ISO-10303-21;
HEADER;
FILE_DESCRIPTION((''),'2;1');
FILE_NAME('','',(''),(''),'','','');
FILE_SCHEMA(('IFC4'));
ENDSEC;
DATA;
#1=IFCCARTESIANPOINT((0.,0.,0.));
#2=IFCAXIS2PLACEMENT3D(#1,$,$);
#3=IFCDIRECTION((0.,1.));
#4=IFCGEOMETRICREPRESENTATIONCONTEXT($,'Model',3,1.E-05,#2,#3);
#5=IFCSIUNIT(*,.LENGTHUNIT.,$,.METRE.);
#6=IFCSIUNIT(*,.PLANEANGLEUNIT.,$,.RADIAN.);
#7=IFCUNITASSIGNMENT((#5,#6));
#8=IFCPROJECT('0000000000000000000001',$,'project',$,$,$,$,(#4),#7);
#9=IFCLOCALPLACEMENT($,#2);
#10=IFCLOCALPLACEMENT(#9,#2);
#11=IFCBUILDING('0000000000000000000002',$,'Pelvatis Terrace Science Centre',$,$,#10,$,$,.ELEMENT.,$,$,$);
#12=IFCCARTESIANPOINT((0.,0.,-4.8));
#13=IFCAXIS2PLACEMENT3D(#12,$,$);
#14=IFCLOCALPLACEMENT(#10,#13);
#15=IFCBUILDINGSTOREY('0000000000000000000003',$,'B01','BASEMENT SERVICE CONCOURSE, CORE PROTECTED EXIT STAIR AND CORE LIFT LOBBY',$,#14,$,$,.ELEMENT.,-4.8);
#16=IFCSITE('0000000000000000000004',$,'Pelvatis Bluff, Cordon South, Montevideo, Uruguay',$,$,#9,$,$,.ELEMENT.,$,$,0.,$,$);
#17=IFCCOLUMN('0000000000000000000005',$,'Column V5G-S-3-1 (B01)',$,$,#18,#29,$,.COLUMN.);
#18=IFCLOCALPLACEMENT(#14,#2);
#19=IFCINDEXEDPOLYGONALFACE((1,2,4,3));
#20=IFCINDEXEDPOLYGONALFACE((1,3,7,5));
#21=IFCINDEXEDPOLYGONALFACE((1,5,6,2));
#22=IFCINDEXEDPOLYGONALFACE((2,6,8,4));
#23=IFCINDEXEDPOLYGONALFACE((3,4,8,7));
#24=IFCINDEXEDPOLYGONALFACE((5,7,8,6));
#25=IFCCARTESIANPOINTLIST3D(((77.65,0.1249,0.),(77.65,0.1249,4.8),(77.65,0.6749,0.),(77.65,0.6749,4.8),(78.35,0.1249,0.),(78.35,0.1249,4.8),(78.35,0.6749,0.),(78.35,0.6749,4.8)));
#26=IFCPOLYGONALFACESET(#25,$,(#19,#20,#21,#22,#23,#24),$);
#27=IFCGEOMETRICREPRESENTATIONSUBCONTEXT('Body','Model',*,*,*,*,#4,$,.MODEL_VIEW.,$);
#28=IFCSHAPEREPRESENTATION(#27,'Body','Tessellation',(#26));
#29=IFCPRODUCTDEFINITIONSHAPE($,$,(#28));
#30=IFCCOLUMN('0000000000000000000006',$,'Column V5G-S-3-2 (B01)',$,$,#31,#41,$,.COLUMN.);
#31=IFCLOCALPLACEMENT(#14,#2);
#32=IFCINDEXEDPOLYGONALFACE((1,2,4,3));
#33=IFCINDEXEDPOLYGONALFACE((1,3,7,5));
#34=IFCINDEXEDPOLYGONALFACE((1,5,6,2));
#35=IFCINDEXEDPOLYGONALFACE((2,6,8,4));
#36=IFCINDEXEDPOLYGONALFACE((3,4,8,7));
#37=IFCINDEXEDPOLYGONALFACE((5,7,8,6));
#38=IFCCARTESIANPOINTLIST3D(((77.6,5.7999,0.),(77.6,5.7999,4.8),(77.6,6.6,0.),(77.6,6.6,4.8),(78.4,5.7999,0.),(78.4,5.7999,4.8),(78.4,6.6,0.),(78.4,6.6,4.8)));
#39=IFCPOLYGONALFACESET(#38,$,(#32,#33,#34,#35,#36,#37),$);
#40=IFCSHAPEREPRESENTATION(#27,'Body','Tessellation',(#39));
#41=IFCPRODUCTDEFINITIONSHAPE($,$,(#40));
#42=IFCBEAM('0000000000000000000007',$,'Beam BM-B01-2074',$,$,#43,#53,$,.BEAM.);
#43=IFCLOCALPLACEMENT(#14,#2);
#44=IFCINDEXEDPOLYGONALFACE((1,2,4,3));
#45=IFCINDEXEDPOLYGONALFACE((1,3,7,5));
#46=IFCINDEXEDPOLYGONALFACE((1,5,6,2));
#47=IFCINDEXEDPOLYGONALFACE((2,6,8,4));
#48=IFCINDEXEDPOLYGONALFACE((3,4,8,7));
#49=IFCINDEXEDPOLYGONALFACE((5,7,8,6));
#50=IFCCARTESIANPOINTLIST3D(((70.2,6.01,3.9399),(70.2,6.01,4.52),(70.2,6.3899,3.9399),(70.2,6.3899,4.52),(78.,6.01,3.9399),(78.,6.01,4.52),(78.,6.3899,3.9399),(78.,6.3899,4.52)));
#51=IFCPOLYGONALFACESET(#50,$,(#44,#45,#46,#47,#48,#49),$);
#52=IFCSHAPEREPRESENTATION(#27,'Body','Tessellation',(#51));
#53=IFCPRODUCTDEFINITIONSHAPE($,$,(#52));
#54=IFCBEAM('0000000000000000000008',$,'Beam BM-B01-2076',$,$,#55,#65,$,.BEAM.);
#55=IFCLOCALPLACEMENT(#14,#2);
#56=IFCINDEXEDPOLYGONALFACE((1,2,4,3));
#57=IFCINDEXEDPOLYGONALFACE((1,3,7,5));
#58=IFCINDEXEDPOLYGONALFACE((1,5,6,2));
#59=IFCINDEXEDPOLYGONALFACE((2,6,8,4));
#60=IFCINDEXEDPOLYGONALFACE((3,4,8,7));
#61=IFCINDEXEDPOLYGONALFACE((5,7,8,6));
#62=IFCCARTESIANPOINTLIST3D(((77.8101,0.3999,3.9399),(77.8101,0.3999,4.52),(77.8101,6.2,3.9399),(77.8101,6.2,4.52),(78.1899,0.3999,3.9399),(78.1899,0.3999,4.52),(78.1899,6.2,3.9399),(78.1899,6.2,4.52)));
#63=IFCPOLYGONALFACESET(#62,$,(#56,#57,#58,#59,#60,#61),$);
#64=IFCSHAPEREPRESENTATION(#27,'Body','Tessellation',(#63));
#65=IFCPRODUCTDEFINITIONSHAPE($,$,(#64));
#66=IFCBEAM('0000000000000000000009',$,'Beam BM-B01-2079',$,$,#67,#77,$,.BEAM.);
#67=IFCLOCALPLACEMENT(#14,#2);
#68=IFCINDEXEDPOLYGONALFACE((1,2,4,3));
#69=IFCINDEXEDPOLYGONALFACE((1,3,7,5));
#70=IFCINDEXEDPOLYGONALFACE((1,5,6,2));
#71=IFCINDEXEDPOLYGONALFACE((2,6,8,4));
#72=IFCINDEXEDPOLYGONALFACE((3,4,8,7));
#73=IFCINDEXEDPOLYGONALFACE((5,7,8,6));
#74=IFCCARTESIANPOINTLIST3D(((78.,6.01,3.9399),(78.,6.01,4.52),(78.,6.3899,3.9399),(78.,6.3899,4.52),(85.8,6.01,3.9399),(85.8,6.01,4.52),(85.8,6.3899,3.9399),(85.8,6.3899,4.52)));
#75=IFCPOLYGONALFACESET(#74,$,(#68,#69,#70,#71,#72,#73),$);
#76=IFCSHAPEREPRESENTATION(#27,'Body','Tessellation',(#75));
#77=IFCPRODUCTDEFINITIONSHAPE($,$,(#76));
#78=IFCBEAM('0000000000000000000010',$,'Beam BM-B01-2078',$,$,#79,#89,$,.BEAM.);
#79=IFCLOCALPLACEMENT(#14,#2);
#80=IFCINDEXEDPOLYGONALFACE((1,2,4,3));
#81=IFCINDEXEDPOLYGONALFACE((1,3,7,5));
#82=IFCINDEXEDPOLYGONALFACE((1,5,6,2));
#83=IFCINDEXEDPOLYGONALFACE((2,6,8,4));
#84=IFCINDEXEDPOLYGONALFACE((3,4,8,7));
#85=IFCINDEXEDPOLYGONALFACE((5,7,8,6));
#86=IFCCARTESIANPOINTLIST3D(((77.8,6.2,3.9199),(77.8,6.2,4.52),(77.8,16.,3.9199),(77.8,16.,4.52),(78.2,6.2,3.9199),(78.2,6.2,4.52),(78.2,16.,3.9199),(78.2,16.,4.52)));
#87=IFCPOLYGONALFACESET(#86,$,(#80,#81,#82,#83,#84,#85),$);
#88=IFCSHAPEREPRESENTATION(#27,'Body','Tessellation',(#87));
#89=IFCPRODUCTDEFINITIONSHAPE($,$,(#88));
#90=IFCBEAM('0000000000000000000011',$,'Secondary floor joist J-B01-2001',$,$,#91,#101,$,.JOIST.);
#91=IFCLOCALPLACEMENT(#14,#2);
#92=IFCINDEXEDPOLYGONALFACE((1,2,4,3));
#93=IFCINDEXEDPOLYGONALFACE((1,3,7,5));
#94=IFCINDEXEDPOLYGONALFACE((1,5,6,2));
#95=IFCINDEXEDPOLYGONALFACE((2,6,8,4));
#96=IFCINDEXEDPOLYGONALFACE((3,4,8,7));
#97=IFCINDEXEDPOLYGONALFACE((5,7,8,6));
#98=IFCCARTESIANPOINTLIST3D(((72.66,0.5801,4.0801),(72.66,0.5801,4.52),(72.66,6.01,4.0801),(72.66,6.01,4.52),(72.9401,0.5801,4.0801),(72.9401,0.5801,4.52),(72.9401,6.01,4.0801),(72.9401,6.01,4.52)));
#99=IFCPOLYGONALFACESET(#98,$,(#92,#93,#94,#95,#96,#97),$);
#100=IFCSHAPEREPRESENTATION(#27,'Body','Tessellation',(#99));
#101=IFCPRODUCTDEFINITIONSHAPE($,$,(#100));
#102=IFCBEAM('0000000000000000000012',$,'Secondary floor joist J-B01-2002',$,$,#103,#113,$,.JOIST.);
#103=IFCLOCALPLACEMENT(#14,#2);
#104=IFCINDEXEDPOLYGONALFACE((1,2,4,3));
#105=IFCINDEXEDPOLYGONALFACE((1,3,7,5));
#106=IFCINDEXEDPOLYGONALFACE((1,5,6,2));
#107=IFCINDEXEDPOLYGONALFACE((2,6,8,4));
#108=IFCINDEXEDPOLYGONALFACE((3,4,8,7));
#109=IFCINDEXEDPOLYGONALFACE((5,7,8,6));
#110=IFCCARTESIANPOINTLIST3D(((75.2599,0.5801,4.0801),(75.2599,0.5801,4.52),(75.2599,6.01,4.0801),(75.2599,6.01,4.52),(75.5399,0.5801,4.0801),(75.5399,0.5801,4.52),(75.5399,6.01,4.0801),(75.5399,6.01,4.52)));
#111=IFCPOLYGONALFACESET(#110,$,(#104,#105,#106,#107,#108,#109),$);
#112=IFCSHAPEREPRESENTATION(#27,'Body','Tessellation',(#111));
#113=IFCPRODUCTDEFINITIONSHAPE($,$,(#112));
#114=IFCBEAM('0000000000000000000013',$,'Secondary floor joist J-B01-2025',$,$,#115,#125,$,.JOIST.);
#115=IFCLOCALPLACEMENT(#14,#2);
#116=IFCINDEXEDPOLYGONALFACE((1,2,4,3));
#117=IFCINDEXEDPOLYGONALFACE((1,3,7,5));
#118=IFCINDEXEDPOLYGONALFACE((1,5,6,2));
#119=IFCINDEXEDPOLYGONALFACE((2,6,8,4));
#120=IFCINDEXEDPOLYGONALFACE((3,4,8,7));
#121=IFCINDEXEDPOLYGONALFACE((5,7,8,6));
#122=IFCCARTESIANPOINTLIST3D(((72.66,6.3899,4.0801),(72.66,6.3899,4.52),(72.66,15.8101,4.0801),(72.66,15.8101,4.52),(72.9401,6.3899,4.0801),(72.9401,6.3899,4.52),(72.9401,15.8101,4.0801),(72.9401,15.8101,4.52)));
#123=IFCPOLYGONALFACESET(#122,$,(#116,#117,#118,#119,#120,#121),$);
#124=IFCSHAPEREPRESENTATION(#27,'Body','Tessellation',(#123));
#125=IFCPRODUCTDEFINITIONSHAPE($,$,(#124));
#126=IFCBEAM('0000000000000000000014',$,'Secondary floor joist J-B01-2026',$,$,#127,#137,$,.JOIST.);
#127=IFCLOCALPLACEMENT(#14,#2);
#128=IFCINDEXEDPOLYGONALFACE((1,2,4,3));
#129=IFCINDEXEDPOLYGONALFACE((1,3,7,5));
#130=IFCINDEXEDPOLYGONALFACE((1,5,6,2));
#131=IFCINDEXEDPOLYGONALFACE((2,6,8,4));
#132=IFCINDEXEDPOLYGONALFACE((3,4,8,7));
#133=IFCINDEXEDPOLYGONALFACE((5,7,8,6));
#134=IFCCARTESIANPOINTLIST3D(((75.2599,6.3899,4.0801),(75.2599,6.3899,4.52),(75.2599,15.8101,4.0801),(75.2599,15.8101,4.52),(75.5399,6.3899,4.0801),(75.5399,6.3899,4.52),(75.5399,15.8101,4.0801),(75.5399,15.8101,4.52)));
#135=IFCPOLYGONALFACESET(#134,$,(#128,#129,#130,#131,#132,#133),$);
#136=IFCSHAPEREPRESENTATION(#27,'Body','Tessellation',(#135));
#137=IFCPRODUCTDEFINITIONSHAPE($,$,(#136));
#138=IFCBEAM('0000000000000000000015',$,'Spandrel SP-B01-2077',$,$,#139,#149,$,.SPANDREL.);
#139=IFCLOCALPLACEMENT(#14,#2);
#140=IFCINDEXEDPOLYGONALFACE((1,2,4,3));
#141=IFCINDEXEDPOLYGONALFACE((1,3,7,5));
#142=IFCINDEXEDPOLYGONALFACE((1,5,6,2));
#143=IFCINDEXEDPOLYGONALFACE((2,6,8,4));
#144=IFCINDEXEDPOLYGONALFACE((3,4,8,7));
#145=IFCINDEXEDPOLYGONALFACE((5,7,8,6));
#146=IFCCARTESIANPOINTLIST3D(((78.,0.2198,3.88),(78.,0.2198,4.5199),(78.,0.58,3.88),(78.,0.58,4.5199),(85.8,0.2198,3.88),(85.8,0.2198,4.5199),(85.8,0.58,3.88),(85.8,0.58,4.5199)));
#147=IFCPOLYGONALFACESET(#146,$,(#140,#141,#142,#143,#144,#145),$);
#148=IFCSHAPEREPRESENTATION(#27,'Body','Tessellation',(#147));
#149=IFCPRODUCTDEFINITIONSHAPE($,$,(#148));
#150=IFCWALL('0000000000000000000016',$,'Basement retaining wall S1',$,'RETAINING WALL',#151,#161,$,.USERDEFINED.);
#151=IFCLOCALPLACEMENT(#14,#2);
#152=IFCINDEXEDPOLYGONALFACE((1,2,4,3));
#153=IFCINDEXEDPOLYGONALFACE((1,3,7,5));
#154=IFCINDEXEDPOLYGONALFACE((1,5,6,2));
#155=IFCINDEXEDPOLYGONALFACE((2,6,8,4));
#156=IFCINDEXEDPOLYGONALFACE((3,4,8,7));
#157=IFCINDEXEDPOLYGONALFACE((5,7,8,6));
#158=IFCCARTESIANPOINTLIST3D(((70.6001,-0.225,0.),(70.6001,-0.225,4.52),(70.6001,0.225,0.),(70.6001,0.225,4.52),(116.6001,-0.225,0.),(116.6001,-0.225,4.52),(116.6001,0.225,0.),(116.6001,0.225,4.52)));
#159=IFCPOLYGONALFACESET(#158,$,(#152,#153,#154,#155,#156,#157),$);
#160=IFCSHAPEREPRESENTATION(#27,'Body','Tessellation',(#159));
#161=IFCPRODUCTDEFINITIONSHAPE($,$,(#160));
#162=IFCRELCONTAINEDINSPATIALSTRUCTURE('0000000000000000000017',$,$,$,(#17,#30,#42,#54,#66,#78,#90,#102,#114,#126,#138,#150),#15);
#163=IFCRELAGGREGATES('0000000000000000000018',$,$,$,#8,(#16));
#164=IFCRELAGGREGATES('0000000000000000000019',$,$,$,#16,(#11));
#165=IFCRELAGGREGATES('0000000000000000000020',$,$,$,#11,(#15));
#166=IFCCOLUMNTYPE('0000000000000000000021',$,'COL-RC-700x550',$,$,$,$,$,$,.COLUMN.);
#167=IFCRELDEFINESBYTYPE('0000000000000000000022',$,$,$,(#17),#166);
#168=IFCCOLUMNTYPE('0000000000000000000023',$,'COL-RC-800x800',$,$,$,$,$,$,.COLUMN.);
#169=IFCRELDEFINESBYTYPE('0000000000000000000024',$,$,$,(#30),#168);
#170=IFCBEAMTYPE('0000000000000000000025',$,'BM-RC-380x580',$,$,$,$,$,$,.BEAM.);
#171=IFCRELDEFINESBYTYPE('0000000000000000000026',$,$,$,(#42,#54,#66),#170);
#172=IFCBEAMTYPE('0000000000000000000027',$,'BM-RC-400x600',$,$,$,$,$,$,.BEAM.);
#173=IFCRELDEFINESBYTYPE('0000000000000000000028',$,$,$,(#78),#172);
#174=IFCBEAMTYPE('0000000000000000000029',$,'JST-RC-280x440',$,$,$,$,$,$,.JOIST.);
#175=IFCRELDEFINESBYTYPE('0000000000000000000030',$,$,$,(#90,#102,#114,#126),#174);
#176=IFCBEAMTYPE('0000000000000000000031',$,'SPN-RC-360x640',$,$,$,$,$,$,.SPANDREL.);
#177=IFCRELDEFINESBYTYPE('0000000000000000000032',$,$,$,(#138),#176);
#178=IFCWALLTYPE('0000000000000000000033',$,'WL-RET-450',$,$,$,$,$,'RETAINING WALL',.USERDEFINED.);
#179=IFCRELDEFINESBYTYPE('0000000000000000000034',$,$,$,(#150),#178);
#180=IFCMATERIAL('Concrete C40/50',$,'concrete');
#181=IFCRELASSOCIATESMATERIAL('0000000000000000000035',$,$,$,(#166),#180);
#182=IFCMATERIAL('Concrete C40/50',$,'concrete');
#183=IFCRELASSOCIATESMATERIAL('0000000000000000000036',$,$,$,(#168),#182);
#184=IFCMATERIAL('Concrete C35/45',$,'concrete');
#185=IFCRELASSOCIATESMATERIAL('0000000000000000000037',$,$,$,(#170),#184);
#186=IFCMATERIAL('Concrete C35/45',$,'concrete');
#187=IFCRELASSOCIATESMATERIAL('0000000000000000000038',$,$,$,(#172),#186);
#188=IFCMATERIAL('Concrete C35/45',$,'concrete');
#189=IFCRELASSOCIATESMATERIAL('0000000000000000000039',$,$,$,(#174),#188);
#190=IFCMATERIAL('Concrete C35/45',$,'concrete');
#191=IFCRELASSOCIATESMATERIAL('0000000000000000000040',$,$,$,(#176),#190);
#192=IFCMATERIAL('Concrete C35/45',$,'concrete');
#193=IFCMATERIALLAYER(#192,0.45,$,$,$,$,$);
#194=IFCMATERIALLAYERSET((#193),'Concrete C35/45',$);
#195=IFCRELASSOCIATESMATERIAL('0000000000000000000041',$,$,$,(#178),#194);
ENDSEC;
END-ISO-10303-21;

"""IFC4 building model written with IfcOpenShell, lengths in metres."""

from ifc_helpers import new_model, si_unit, direction, frame, frame_2d, origin, origin_2d, place, context, subcontext, project, spatial, rectangle, extrude, material, layer, layer_set, material_profile, profile_set, type_object, element, save


model = new_model("IFC4")

# Units and contexts
model_context = context("Model", 3, precision=1e-05, world=origin(), true_north=direction((0.0, 1.0)))
body_context = subcontext(model_context, "Body", "Model", "MODEL_VIEW")
ifc_project = project(units=[si_unit("LENGTHUNIT", "METRE"), si_unit("PLANEANGLEUNIT", "RADIAN")], contexts=[model_context])

# Site, building, storey
site_placement = place(None, origin())
site = spatial("IfcSite", under=ifc_project, at=site_placement, Name="Pelvatis Bluff, Cordon South, Montevideo, Uruguay", CompositionType="ELEMENT", RefElevation=0.0)
building_placement = place(site_placement, origin())
building = spatial("IfcBuilding", under=site, at=building_placement, Name="Pelvatis Terrace Science Centre", CompositionType="ELEMENT")
storey_placement = place(building_placement, frame((0.0, 0.0, -4.8)))
storey = spatial("IfcBuildingStorey", under=building, at=storey_placement, Name="B01", Description="BASEMENT SERVICE CONCOURSE, CORE PROTECTED EXIT STAIR AND CORE LIFT LOBBY", CompositionType="ELEMENT", Elevation=-4.8)

# Columns
ifc_material_1 = material(Name="Concrete C40/50", Category="concrete")
ifc_material_profile_1 = material_profile(ifc_material_1, rectangle(XDim=0.7, YDim=0.55, at=origin_2d()), Name="RC-COL 700x550")
ifc_profile_set_1 = profile_set([ifc_material_profile_1], Name="Concrete C40/50")
column_type_1 = type_object("IfcColumnType", Name="COL-RC-700x550", PredefinedType="COLUMN", material=ifc_profile_set_1)
column_1_placement = place(storey_placement, frame((78.0, 0.3999, 0.0), z_axis=(0.0, 0.0, 1.0), x_axis=(1.0, 0.0, 0.0)))
element("IfcColumn", 1, at=column_1_placement, inside=storey, type_object=column_type_1, Name="Column V5G-S-3-1 (B01)", PredefinedType="COLUMN", context=body_context, shape_type="SweptSolid", body=[
    extrude(rectangle(XDim=0.7, YDim=0.55, at=origin_2d()), origin(), (0.0, 0.0, 1.0), 4.8),
])
ifc_material_2 = material(Name="Concrete C40/50", Category="concrete")
ifc_material_profile_2 = material_profile(ifc_material_2, rectangle(XDim=0.8, YDim=0.8, at=origin_2d()), Name="RC-COL 800x800")
ifc_profile_set_2 = profile_set([ifc_material_profile_2], Name="Concrete C40/50")
column_type_2 = type_object("IfcColumnType", Name="COL-RC-800x800", PredefinedType="COLUMN", material=ifc_profile_set_2)
column_2_placement = place(storey_placement, frame((78.0, 6.2, 0.0), z_axis=(0.0, 0.0, 1.0), x_axis=(1.0, 0.0, 0.0)))
element("IfcColumn", 2, at=column_2_placement, inside=storey, type_object=column_type_2, Name="Column V5G-S-3-2 (B01)", PredefinedType="COLUMN", context=body_context, shape_type="SweptSolid", body=[
    extrude(rectangle(XDim=0.8, YDim=0.8, at=origin_2d()), origin(), (0.0, 0.0, 1.0), 4.8),
])

# Beams
ifc_material_3 = material(Name="Concrete C35/45", Category="concrete")
ifc_material_profile_3 = material_profile(ifc_material_3, rectangle(XDim=0.3799, YDim=0.5801, at=origin_2d()), Name="RC-BM 380x580")
ifc_profile_set_3 = profile_set([ifc_material_profile_3], Name="Concrete C35/45")
beam_type_1 = type_object("IfcBeamType", Name="BM-RC-380x580", PredefinedType="BEAM", material=ifc_profile_set_3)
beam_1_placement = place(storey_placement, frame((70.2, 6.2, 4.23), z_axis=(1.0, 0.0, 0.0), x_axis=(0.0, 1.0, 0.0)))
element("IfcBeam", 3, at=beam_1_placement, inside=storey, type_object=beam_type_1, Name="Beam BM-B01-2074", PredefinedType="BEAM", context=body_context, shape_type="SweptSolid", body=[
    extrude(rectangle(XDim=0.3799, YDim=0.5801, at=origin_2d()), origin(), (0.0, 0.0, 1.0), 7.8),
])
beam_2_placement = place(storey_placement, frame((78.0, 0.3999, 4.23), z_axis=(0.0, 1.0, 0.0), x_axis=(-1.0, 0.0, 0.0)))
element("IfcBeam", 4, at=beam_2_placement, inside=storey, type_object=beam_type_1, Name="Beam BM-B01-2076", PredefinedType="BEAM", context=body_context, shape_type="SweptSolid", body=[
    extrude(rectangle(XDim=0.3799, YDim=0.5801, at=origin_2d()), origin(), (0.0, 0.0, 1.0), 5.8),
])
beam_3_placement = place(storey_placement, frame((78.0, 6.2, 4.23), z_axis=(1.0, 0.0, 0.0), x_axis=(0.0, 1.0, 0.0)))
element("IfcBeam", 5, at=beam_3_placement, inside=storey, type_object=beam_type_1, Name="Beam BM-B01-2079", PredefinedType="BEAM", context=body_context, shape_type="SweptSolid", body=[
    extrude(rectangle(XDim=0.3799, YDim=0.5801, at=origin_2d()), origin(), (0.0, 0.0, 1.0), 7.8),
])
ifc_material_4 = material(Name="Concrete C35/45", Category="concrete")
ifc_material_profile_4 = material_profile(ifc_material_4, rectangle(XDim=0.3999, YDim=0.6001, at=origin_2d()), Name="RC-BM 400x600")
ifc_profile_set_4 = profile_set([ifc_material_profile_4], Name="Concrete C35/45")
beam_type_2 = type_object("IfcBeamType", Name="BM-RC-400x600", PredefinedType="BEAM", material=ifc_profile_set_4)
beam_4_placement = place(storey_placement, frame((78.0, 6.2, 4.22), z_axis=(0.0, 1.0, 0.0), x_axis=(-1.0, 0.0, 0.0)))
element("IfcBeam", 6, at=beam_4_placement, inside=storey, type_object=beam_type_2, Name="Beam BM-B01-2078", PredefinedType="BEAM", context=body_context, shape_type="SweptSolid", body=[
    extrude(rectangle(XDim=0.3999, YDim=0.6001, at=origin_2d()), origin(), (0.0, 0.0, 1.0), 9.8),
])
ifc_material_5 = material(Name="Concrete C35/45", Category="concrete")
ifc_material_profile_5 = material_profile(ifc_material_5, rectangle(XDim=0.28, YDim=0.4399, at=origin_2d()), Name="RC-JST 280x440")
ifc_profile_set_5 = profile_set([ifc_material_profile_5], Name="Concrete C35/45")
beam_type_3 = type_object("IfcBeamType", Name="JST-RC-280x440", PredefinedType="JOIST", material=ifc_profile_set_5)
for number, where, z_axis, x_axis, name in (
    (7, (72.8, 0.5801, 4.3), (0.0, 1.0, 0.0), (-1.0, 0.0, 0.0), "Secondary floor joist J-B01-2001"),
    (8, (75.3999, 0.5801, 4.3), (0.0, 1.0, 0.0), (-1.0, 0.0, 0.0), "Secondary floor joist J-B01-2002"),
):
    element("IfcBeam", number, at=place(storey_placement, frame(where, z_axis=z_axis, x_axis=x_axis)), inside=storey, type_object=beam_type_3, Name=name, PredefinedType="JOIST", context=body_context, shape_type="SweptSolid", body=[
        extrude(rectangle(XDim=0.28, YDim=0.4399, at=origin_2d()), origin(), (0.0, 0.0, 1.0), 5.4299),
    ])
for number, where, z_axis, x_axis, name in (
    (9, (72.8, 6.3899, 4.3), (0.0, 1.0, 0.0), (-1.0, 0.0, 0.0), "Secondary floor joist J-B01-2025"),
    (10, (75.3999, 6.3899, 4.3), (0.0, 1.0, 0.0), (-1.0, 0.0, 0.0), "Secondary floor joist J-B01-2026"),
):
    element("IfcBeam", number, at=place(storey_placement, frame(where, z_axis=z_axis, x_axis=x_axis)), inside=storey, type_object=beam_type_3, Name=name, PredefinedType="JOIST", context=body_context, shape_type="SweptSolid", body=[
        extrude(rectangle(XDim=0.28, YDim=0.4399, at=origin_2d()), origin(), (0.0, 0.0, 1.0), 9.4202),
    ])
ifc_material_6 = material(Name="Concrete C35/45", Category="concrete")
ifc_material_profile_6 = material_profile(ifc_material_6, rectangle(XDim=0.3601, YDim=0.6399, at=origin_2d()), Name="RC-SPN 360x640")
ifc_profile_set_6 = profile_set([ifc_material_profile_6], Name="Concrete C35/45")
beam_type_4 = type_object("IfcBeamType", Name="SPN-RC-360x640", PredefinedType="SPANDREL", material=ifc_profile_set_6)
beam_5_placement = place(storey_placement, frame((78.0, 0.3999, 4.2), z_axis=(1.0, 0.0, 0.0), x_axis=(0.0, 1.0, 0.0)))
element("IfcBeam", 11, at=beam_5_placement, inside=storey, type_object=beam_type_4, Name="Spandrel SP-B01-2077", PredefinedType="SPANDREL", context=body_context, shape_type="SweptSolid", body=[
    extrude(rectangle(XDim=0.3601, YDim=0.6399, at=origin_2d()), origin(), (0.0, 0.0, 1.0), 7.8),
])

# Wall
ifc_material_7 = material(Name="Concrete C35/45", Category="concrete")
ifc_layer_1 = layer(ifc_material_7, 0.45)
ifc_layer_set_1 = layer_set([ifc_layer_1], Name="Concrete C35/45")
wall_type = type_object("IfcWallType", Name="WL-RET-450", ElementType="RETAINING WALL", PredefinedType="USERDEFINED", material=ifc_layer_set_1)
wall_placement = place(storey_placement, frame((70.6001, 0.0, 0.0), z_axis=(0.0, 0.0, 1.0), x_axis=(1.0, 0.0, 0.0)))
element("IfcWall", 12, at=wall_placement, inside=storey, type_object=wall_type, Name="Basement retaining wall S1", ObjectType="RETAINING WALL", PredefinedType="USERDEFINED", context=body_context, shape_type="SweptSolid", body=[
    extrude(rectangle(XDim=46.0, YDim=0.45, at=frame_2d((23.0, 0.0))), origin(), (0.0, 0.0, 1.0), 4.52),
])

save(model, "model.ifc")
